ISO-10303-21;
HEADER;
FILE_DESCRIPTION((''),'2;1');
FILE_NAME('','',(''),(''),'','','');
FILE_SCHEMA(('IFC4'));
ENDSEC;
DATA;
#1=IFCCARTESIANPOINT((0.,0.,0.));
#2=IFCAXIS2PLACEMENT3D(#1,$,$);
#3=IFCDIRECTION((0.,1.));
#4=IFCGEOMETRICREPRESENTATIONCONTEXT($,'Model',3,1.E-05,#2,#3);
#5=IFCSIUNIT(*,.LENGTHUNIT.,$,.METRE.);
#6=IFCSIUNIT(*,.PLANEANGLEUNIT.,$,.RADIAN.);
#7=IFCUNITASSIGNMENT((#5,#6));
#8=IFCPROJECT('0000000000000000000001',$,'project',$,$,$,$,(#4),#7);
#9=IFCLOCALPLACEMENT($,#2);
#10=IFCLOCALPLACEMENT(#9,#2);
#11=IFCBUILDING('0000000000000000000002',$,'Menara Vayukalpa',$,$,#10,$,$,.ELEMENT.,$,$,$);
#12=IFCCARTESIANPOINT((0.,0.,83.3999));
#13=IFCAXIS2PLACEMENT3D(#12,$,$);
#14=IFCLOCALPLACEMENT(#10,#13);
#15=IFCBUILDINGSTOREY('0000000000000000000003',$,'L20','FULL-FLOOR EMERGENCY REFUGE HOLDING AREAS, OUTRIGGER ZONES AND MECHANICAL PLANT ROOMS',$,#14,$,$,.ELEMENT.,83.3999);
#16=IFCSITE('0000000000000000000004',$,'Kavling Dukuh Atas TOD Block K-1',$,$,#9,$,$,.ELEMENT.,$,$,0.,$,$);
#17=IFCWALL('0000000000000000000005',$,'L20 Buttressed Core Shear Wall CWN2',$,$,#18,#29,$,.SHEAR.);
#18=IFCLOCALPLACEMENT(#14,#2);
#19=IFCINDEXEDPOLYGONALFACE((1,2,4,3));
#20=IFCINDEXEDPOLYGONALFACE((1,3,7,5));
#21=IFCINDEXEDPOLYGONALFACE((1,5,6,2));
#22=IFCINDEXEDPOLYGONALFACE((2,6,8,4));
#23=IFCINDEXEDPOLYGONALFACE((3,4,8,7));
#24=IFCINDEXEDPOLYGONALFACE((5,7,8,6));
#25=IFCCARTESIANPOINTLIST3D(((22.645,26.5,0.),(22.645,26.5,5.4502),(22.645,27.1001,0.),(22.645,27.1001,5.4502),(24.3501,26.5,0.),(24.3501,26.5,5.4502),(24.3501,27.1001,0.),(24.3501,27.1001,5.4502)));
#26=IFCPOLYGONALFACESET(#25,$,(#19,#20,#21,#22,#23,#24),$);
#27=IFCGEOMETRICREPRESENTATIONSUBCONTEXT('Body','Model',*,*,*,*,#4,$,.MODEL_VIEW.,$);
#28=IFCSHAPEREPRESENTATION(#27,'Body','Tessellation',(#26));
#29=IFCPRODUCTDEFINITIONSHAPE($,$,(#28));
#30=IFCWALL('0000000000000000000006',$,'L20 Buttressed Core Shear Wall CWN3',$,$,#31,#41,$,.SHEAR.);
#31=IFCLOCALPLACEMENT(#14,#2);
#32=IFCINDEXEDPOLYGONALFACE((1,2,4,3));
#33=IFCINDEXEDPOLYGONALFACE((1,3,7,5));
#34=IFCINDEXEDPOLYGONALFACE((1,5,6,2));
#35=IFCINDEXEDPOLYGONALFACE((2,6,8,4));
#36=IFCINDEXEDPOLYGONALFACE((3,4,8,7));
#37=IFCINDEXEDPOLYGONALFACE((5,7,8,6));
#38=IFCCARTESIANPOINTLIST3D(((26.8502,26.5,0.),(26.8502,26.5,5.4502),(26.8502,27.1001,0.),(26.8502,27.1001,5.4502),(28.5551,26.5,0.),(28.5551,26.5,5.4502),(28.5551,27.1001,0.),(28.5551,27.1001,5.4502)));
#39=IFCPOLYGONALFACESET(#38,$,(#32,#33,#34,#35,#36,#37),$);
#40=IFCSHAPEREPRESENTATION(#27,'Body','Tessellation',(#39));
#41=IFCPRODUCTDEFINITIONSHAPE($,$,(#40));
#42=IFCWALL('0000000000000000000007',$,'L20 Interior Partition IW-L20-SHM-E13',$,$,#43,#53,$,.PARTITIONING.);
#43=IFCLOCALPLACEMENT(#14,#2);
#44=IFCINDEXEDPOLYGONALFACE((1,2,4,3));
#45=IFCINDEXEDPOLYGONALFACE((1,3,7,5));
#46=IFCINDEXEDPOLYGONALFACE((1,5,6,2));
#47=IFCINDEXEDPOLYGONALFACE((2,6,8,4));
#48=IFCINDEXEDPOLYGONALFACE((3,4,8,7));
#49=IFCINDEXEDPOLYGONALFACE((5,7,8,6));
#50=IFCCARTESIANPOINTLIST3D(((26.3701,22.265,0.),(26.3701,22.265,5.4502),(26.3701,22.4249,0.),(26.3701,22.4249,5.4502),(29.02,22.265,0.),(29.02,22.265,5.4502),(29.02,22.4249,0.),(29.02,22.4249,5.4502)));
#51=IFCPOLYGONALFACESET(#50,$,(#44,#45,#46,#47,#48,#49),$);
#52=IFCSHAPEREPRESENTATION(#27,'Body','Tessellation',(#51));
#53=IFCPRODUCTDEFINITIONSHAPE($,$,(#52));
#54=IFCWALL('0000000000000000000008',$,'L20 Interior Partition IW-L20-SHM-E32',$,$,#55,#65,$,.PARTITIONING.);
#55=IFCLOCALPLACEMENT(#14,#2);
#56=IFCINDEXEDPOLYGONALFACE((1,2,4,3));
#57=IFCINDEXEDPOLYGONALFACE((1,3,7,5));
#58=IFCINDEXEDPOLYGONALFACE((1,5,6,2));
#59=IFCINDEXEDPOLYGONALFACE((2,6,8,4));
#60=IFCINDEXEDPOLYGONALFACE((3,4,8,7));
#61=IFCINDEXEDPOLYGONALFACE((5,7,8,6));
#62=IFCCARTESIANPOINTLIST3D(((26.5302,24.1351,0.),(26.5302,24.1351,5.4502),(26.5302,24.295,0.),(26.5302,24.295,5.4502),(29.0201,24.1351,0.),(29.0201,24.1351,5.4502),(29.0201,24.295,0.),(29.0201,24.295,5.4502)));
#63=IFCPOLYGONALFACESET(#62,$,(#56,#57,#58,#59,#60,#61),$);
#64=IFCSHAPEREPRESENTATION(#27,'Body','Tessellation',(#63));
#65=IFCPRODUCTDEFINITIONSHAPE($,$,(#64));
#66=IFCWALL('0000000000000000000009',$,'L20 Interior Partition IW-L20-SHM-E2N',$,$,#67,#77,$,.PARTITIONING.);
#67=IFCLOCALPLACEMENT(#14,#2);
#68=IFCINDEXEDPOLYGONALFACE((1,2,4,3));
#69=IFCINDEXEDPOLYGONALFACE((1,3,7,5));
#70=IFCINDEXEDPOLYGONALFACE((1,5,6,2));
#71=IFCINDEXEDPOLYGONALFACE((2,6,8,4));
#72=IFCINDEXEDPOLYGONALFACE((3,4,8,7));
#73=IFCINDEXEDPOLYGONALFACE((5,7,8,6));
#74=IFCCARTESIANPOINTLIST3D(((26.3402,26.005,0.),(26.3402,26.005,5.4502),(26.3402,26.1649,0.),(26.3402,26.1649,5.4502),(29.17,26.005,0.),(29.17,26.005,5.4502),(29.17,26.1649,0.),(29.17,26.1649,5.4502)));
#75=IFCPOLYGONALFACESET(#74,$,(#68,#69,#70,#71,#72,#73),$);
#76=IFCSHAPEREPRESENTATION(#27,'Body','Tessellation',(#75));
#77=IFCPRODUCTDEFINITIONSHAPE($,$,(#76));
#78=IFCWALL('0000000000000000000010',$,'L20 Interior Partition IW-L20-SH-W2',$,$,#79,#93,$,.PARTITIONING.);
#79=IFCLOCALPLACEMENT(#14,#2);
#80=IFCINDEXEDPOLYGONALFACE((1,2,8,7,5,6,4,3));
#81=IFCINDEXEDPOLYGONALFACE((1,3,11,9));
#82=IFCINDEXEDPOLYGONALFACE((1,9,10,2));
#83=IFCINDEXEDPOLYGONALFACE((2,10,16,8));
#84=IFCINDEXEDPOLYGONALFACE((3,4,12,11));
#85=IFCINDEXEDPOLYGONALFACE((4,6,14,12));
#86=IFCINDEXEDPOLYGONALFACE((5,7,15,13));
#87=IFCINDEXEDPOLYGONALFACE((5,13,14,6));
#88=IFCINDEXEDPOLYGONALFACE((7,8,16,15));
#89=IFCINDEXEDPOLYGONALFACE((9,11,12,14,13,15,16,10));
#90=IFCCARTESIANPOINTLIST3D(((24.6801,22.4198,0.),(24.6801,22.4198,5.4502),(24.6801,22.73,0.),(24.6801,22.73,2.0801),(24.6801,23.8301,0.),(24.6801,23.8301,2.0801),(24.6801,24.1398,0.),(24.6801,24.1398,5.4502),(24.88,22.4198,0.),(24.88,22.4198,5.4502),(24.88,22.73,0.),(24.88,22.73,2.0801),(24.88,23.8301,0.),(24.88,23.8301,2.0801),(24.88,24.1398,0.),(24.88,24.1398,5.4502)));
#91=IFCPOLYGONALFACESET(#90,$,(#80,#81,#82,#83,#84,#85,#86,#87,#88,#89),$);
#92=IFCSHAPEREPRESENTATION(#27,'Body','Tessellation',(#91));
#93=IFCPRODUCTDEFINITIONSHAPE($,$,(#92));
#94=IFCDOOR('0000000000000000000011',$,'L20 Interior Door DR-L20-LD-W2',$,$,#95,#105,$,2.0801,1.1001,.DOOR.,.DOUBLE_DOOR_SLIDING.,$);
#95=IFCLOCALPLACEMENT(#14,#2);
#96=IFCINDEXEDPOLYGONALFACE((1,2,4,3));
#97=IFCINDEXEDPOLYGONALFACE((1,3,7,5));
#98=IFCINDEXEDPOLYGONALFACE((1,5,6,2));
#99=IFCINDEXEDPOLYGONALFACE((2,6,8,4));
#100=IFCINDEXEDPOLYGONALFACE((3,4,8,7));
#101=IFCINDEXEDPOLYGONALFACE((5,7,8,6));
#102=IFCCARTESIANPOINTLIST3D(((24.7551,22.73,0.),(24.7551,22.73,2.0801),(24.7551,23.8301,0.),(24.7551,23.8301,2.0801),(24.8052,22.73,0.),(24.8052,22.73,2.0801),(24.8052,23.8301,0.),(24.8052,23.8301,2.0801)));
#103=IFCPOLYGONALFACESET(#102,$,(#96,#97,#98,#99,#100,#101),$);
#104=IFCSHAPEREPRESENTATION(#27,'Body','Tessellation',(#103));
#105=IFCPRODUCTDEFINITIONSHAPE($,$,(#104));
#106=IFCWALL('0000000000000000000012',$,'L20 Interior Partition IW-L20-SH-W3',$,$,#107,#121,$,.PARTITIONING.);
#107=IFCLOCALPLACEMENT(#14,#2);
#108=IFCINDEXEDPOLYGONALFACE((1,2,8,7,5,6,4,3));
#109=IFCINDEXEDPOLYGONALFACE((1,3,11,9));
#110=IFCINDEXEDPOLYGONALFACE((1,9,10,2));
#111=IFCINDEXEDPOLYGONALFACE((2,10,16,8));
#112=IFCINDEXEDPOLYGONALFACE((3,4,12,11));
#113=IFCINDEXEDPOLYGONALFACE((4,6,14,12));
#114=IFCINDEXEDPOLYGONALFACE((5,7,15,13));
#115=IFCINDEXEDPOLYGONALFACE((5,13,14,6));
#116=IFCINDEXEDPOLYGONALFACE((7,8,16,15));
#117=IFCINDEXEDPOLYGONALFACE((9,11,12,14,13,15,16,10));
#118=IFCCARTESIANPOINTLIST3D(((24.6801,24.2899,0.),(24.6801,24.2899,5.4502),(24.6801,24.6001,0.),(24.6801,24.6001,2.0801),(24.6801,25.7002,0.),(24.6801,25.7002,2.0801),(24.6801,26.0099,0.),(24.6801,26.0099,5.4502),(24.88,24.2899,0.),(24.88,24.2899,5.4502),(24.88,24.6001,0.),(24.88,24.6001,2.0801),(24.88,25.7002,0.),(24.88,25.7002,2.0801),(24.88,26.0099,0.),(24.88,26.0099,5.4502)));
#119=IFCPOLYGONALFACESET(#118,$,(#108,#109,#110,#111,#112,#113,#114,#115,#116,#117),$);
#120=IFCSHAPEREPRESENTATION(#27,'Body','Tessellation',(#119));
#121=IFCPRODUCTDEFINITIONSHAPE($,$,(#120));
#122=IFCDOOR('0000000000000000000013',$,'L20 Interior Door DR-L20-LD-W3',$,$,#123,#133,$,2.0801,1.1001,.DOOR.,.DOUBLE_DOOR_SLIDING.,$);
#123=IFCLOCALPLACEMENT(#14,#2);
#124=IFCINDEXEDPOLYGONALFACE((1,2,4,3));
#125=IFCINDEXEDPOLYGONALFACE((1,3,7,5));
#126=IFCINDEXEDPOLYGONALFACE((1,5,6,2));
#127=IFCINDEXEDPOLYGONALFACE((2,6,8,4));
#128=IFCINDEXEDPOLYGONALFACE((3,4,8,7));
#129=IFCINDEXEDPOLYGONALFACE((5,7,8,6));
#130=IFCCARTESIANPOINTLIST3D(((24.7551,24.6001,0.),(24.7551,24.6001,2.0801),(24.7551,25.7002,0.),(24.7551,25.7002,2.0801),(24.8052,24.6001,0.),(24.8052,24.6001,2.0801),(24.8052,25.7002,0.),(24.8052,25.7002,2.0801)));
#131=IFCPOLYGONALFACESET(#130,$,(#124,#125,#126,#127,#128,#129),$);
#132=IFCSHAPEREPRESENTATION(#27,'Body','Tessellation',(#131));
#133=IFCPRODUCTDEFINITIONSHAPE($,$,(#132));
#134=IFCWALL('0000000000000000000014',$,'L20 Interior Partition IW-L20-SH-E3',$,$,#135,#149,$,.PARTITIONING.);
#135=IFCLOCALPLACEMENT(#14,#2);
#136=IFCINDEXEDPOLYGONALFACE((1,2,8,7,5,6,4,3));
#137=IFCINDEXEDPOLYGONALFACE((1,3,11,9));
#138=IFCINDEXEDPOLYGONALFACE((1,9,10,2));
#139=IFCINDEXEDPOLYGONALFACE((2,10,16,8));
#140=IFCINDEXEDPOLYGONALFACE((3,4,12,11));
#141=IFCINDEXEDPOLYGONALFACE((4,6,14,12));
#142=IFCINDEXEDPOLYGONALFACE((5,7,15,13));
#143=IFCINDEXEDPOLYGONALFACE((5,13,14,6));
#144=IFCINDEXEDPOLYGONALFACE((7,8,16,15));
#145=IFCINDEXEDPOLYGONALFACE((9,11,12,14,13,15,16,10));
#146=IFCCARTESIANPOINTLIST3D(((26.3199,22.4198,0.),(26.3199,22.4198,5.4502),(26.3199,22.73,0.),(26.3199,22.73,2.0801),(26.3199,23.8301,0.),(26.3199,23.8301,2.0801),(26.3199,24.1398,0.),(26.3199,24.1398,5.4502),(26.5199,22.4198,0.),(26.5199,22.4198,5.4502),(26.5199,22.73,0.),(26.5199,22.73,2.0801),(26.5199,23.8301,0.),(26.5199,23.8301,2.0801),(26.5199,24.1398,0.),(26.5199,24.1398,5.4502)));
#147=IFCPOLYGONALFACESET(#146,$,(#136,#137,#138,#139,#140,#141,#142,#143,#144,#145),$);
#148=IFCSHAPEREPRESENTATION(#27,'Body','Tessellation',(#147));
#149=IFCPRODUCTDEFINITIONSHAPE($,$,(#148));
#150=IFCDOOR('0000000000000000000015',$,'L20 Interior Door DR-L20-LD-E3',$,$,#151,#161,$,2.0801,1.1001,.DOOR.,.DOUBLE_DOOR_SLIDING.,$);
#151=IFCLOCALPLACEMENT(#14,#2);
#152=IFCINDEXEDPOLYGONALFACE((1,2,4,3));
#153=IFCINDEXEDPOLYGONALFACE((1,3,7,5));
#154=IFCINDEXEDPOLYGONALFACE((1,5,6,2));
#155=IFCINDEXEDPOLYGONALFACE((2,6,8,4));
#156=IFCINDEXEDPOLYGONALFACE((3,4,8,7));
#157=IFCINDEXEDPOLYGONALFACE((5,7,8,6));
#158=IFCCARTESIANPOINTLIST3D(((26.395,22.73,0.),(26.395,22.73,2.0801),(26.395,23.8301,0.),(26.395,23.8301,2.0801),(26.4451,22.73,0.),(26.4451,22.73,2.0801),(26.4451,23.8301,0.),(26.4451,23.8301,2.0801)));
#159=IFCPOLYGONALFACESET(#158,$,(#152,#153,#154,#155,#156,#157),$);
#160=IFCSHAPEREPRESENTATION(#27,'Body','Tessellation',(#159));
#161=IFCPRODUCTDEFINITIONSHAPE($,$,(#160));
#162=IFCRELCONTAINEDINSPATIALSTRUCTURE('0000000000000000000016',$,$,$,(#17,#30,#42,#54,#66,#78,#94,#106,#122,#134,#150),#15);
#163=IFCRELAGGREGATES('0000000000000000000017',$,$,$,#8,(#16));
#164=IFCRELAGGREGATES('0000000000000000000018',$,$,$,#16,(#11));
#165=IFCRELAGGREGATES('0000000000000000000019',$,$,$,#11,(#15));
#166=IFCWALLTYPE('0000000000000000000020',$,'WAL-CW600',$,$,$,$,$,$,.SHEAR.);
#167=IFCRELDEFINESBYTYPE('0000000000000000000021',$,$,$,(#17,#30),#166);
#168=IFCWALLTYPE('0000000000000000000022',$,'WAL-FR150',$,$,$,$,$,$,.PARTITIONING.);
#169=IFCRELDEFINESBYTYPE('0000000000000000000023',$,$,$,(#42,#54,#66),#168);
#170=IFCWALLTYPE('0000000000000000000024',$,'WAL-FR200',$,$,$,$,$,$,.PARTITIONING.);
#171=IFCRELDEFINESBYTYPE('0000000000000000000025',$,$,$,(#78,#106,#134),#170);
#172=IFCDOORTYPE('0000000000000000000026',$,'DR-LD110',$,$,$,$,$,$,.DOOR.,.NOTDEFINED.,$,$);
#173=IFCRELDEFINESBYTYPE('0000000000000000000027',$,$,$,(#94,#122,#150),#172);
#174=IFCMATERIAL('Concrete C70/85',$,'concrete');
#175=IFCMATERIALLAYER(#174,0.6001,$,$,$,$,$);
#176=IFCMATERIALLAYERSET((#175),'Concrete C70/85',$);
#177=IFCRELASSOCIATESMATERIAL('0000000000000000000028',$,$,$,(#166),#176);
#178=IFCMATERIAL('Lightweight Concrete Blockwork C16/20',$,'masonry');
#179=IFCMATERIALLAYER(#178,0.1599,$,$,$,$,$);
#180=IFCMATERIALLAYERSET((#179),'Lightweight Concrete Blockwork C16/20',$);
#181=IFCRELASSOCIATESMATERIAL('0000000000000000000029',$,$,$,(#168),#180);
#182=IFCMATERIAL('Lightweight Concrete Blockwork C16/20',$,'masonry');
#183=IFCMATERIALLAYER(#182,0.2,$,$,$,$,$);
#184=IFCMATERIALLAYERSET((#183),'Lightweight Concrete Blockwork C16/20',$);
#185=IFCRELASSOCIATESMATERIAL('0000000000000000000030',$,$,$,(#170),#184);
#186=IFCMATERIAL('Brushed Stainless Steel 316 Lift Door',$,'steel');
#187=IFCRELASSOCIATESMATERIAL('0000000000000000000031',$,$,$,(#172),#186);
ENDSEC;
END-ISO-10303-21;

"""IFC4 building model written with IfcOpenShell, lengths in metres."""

from ifc_helpers import new_model, si_unit, direction, frame, frame_2d, origin, place, context, subcontext, project, spatial, rectangle, extrude, material, layer, layer_set, type_object, element, fill, save


model = new_model("IFC4")

# Units and contexts
model_context = context("Model", 3, precision=1e-05, world=origin(), true_north=direction((0.0, 1.0)))
body_context = subcontext(model_context, "Body", "Model", "MODEL_VIEW")
ifc_project = project(units=[si_unit("LENGTHUNIT", "METRE"), si_unit("PLANEANGLEUNIT", "RADIAN")], contexts=[model_context])

# Site, building, storey
site_placement = place(None, origin())
site = spatial("IfcSite", under=ifc_project, at=site_placement, Name="Kavling Dukuh Atas TOD Block K-1", CompositionType="ELEMENT", RefElevation=0.0)
building_placement = place(site_placement, origin())
building = spatial("IfcBuilding", under=site, at=building_placement, Name="Menara Vayukalpa", CompositionType="ELEMENT")
storey_placement = place(building_placement, frame((0.0, 0.0, 83.3999)))
storey = spatial("IfcBuildingStorey", under=building, at=storey_placement, Name="L20", Description="FULL-FLOOR EMERGENCY REFUGE HOLDING AREAS, OUTRIGGER ZONES AND MECHANICAL PLANT ROOMS", CompositionType="ELEMENT", Elevation=83.3999)

# Walls
ifc_material_1 = material(Name="Concrete C70/85", Category="concrete")
ifc_layer_1 = layer(ifc_material_1, 0.6001)
ifc_layer_set_1 = layer_set([ifc_layer_1], Name="Concrete C70/85")
wall_type_1 = type_object("IfcWallType", Name="WAL-CW600", PredefinedType="SHEAR", material=ifc_layer_set_1)
wall_1_placement = place(storey_placement, frame((22.645, 26.8, 0.0), z_axis=(0.0, 0.0, 1.0), x_axis=(1.0, 0.0, 0.0)))
element("IfcWall", 1, at=wall_1_placement, inside=storey, type_object=wall_type_1, Name="L20 Buttressed Core Shear Wall CWN2", PredefinedType="SHEAR", context=body_context, shape_type="SweptSolid", body=[
    extrude(rectangle(XDim=1.7051, YDim=0.6001, at=frame_2d((0.8525, 0.0))), origin(), (0.0, 0.0, 1.0), 5.4502),
])
wall_2_placement = place(storey_placement, frame((26.8501, 26.8, 0.0), z_axis=(0.0, 0.0, 1.0), x_axis=(1.0, 0.0, 0.0)))
element("IfcWall", 2, at=wall_2_placement, inside=storey, type_object=wall_type_1, Name="L20 Buttressed Core Shear Wall CWN3", PredefinedType="SHEAR", context=body_context, shape_type="SweptSolid", body=[
    extrude(rectangle(XDim=1.7048, YDim=0.6001, at=frame_2d((0.8525, 0.0))), origin(), (0.0, 0.0, 1.0), 5.4502),
])
ifc_material_2 = material(Name="Lightweight Concrete Blockwork C16/20", Category="masonry")
ifc_layer_2 = layer(ifc_material_2, 0.1599)
ifc_layer_set_2 = layer_set([ifc_layer_2], Name="Lightweight Concrete Blockwork C16/20")
wall_type_2 = type_object("IfcWallType", Name="WAL-FR150", PredefinedType="PARTITIONING", material=ifc_layer_set_2)
wall_3_placement = place(storey_placement, frame((26.3701, 22.345, 0.0), z_axis=(0.0, 0.0, 1.0), x_axis=(1.0, 0.0, 0.0)))
element("IfcWall", 3, at=wall_3_placement, inside=storey, type_object=wall_type_2, Name="L20 Interior Partition IW-L20-SHM-E13", PredefinedType="PARTITIONING", context=body_context, shape_type="SweptSolid", body=[
    extrude(rectangle(XDim=2.6499, YDim=0.1599, at=frame_2d((1.325, 0.0))), origin(), (0.0, 0.0, 1.0), 5.4502),
])
wall_4_placement = place(storey_placement, frame((26.53, 24.2151, 0.0), z_axis=(0.0, 0.0, 1.0), x_axis=(1.0, 0.0, 0.0)))
element("IfcWall", 4, at=wall_4_placement, inside=storey, type_object=wall_type_2, Name="L20 Interior Partition IW-L20-SHM-E32", PredefinedType="PARTITIONING", context=body_context, shape_type="SweptSolid", body=[
    extrude(rectangle(XDim=2.49, YDim=0.1599, at=frame_2d((1.2451, 0.0))), origin(), (0.0, 0.0, 1.0), 5.4502),
])
wall_5_placement = place(storey_placement, frame((26.3401, 26.085, 0.0), z_axis=(0.0, 0.0, 1.0), x_axis=(1.0, 0.0, 0.0)))
element("IfcWall", 5, at=wall_5_placement, inside=storey, type_object=wall_type_2, Name="L20 Interior Partition IW-L20-SHM-E2N", PredefinedType="PARTITIONING", context=body_context, shape_type="SweptSolid", body=[
    extrude(rectangle(XDim=2.8298, YDim=0.1599, at=frame_2d((1.415, 0.0))), origin(), (0.0, 0.0, 1.0), 5.4502),
])

# Walls, openings, doors
ifc_material_3 = material(Name="Lightweight Concrete Blockwork C16/20", Category="masonry")
ifc_layer_3 = layer(ifc_material_3, 0.2)
ifc_layer_set_3 = layer_set([ifc_layer_3], Name="Lightweight Concrete Blockwork C16/20")
wall_type_3 = type_object("IfcWallType", Name="WAL-FR200", PredefinedType="PARTITIONING", material=ifc_layer_set_3)
wall_6_placement = place(storey_placement, frame((24.78, 22.4199, 0.0), z_axis=(0.0, 0.0, 1.0), x_axis=(0.0, 1.0, 0.0)))
wall_6 = element("IfcWall", 6, at=wall_6_placement, inside=storey, type_object=wall_type_3, Name="L20 Interior Partition IW-L20-SH-W2", PredefinedType="PARTITIONING", context=body_context, shape_type="SweptSolid", body=[
    extrude(rectangle(XDim=1.72, YDim=0.2, at=frame_2d((0.8599, 0.0))), origin(), (0.0, 0.0, 1.0), 5.4502),
])
opening_1_placement = place(wall_6_placement, frame((0.3101, 0.0, 0.0)))
opening_1 = element("IfcOpeningElement", 7, at=opening_1_placement, cuts=wall_6, PredefinedType="OPENING", context=body_context, shape_type="SweptSolid", body=[
    extrude(rectangle(XDim=1.1001, YDim=2.0801, at=frame_2d((0.55, 1.04))), frame((0.0, 0.1099, 0.0), z_axis=(0.0, -1.0, 0.0), x_axis=(1.0, 0.0, 0.0)), (0.0, 0.0, 1.0), 0.22),
])
ifc_material_4 = material(Name="Brushed Stainless Steel 316 Lift Door", Category="steel")
door_type = type_object("IfcDoorType", Name="DR-LD110", OperationType="NOTDEFINED", PredefinedType="DOOR", material=ifc_material_4)
door_1_placement = place(opening_1_placement, origin())
door_1 = element("IfcDoor", 8, at=door_1_placement, inside=storey, type_object=door_type, Name="L20 Interior Door DR-L20-LD-W2", OperationType="DOUBLE_DOOR_SLIDING", OverallHeight=2.0801, OverallWidth=1.1001, PredefinedType="DOOR", context=body_context, shape_type="SweptSolid", body=[
    extrude(rectangle(XDim=1.1001, YDim=2.0801, at=frame_2d((0.55, 1.04))), frame((0.0, 0.0249, 0.0), z_axis=(0.0, -1.0, 0.0), x_axis=(1.0, 0.0, 0.0)), (0.0, 0.0, 1.0), 0.05),
])
fill(opening_1, door_1)
wall_7_placement = place(storey_placement, frame((24.78, 24.29, 0.0), z_axis=(0.0, 0.0, 1.0), x_axis=(0.0, 1.0, 0.0)))
wall_7 = element("IfcWall", 9, at=wall_7_placement, inside=storey, type_object=wall_type_3, Name="L20 Interior Partition IW-L20-SH-W3", PredefinedType="PARTITIONING", context=body_context, shape_type="SweptSolid", body=[
    extrude(rectangle(XDim=1.72, YDim=0.2, at=frame_2d((0.8599, 0.0))), origin(), (0.0, 0.0, 1.0), 5.4502),
])
opening_2_placement = place(wall_7_placement, frame((0.3101, 0.0, 0.0)))
opening_2 = element("IfcOpeningElement", 10, at=opening_2_placement, cuts=wall_7, PredefinedType="OPENING", context=body_context, shape_type="SweptSolid", body=[
    extrude(rectangle(XDim=1.1001, YDim=2.0801, at=frame_2d((0.55, 1.04))), frame((0.0, 0.1099, 0.0), z_axis=(0.0, -1.0, 0.0), x_axis=(1.0, 0.0, 0.0)), (0.0, 0.0, 1.0), 0.22),
])
door_2_placement = place(opening_2_placement, origin())
door_2 = element("IfcDoor", 11, at=door_2_placement, inside=storey, type_object=door_type, Name="L20 Interior Door DR-L20-LD-W3", OperationType="DOUBLE_DOOR_SLIDING", OverallHeight=2.0801, OverallWidth=1.1001, PredefinedType="DOOR", context=body_context, shape_type="SweptSolid", body=[
    extrude(rectangle(XDim=1.1001, YDim=2.0801, at=frame_2d((0.55, 1.04))), frame((0.0, 0.0249, 0.0), z_axis=(0.0, -1.0, 0.0), x_axis=(1.0, 0.0, 0.0)), (0.0, 0.0, 1.0), 0.05),
])
fill(opening_2, door_2)
wall_8_placement = place(storey_placement, frame((26.4199, 22.4199, 0.0), z_axis=(0.0, 0.0, 1.0), x_axis=(0.0, 1.0, 0.0)))
wall_8 = element("IfcWall", 12, at=wall_8_placement, inside=storey, type_object=wall_type_3, Name="L20 Interior Partition IW-L20-SH-E3", PredefinedType="PARTITIONING", context=body_context, shape_type="SweptSolid", body=[
    extrude(rectangle(XDim=1.72, YDim=0.2, at=frame_2d((0.8599, 0.0))), origin(), (0.0, 0.0, 1.0), 5.4502),
])
opening_3_placement = place(wall_8_placement, frame((0.3101, 0.0, 0.0)))
opening_3 = element("IfcOpeningElement", 13, at=opening_3_placement, cuts=wall_8, PredefinedType="OPENING", context=body_context, shape_type="SweptSolid", body=[
    extrude(rectangle(XDim=1.1001, YDim=2.0801, at=frame_2d((0.55, 1.04))), frame((0.0, 0.1099, 0.0), z_axis=(0.0, -1.0, 0.0), x_axis=(1.0, 0.0, 0.0)), (0.0, 0.0, 1.0), 0.22),
])
door_3_placement = place(opening_3_placement, origin())
door_3 = element("IfcDoor", 14, at=door_3_placement, inside=storey, type_object=door_type, Name="L20 Interior Door DR-L20-LD-E3", OperationType="DOUBLE_DOOR_SLIDING", OverallHeight=2.0801, OverallWidth=1.1001, PredefinedType="DOOR", context=body_context, shape_type="SweptSolid", body=[
    extrude(rectangle(XDim=1.1001, YDim=2.0801, at=frame_2d((0.55, 1.04))), frame((0.0, 0.0249, 0.0), z_axis=(0.0, -1.0, 0.0), x_axis=(1.0, 0.0, 0.0)), (0.0, 0.0, 1.0), 0.05),
])
fill(opening_3, door_3)

save(model, "model.ifc")
